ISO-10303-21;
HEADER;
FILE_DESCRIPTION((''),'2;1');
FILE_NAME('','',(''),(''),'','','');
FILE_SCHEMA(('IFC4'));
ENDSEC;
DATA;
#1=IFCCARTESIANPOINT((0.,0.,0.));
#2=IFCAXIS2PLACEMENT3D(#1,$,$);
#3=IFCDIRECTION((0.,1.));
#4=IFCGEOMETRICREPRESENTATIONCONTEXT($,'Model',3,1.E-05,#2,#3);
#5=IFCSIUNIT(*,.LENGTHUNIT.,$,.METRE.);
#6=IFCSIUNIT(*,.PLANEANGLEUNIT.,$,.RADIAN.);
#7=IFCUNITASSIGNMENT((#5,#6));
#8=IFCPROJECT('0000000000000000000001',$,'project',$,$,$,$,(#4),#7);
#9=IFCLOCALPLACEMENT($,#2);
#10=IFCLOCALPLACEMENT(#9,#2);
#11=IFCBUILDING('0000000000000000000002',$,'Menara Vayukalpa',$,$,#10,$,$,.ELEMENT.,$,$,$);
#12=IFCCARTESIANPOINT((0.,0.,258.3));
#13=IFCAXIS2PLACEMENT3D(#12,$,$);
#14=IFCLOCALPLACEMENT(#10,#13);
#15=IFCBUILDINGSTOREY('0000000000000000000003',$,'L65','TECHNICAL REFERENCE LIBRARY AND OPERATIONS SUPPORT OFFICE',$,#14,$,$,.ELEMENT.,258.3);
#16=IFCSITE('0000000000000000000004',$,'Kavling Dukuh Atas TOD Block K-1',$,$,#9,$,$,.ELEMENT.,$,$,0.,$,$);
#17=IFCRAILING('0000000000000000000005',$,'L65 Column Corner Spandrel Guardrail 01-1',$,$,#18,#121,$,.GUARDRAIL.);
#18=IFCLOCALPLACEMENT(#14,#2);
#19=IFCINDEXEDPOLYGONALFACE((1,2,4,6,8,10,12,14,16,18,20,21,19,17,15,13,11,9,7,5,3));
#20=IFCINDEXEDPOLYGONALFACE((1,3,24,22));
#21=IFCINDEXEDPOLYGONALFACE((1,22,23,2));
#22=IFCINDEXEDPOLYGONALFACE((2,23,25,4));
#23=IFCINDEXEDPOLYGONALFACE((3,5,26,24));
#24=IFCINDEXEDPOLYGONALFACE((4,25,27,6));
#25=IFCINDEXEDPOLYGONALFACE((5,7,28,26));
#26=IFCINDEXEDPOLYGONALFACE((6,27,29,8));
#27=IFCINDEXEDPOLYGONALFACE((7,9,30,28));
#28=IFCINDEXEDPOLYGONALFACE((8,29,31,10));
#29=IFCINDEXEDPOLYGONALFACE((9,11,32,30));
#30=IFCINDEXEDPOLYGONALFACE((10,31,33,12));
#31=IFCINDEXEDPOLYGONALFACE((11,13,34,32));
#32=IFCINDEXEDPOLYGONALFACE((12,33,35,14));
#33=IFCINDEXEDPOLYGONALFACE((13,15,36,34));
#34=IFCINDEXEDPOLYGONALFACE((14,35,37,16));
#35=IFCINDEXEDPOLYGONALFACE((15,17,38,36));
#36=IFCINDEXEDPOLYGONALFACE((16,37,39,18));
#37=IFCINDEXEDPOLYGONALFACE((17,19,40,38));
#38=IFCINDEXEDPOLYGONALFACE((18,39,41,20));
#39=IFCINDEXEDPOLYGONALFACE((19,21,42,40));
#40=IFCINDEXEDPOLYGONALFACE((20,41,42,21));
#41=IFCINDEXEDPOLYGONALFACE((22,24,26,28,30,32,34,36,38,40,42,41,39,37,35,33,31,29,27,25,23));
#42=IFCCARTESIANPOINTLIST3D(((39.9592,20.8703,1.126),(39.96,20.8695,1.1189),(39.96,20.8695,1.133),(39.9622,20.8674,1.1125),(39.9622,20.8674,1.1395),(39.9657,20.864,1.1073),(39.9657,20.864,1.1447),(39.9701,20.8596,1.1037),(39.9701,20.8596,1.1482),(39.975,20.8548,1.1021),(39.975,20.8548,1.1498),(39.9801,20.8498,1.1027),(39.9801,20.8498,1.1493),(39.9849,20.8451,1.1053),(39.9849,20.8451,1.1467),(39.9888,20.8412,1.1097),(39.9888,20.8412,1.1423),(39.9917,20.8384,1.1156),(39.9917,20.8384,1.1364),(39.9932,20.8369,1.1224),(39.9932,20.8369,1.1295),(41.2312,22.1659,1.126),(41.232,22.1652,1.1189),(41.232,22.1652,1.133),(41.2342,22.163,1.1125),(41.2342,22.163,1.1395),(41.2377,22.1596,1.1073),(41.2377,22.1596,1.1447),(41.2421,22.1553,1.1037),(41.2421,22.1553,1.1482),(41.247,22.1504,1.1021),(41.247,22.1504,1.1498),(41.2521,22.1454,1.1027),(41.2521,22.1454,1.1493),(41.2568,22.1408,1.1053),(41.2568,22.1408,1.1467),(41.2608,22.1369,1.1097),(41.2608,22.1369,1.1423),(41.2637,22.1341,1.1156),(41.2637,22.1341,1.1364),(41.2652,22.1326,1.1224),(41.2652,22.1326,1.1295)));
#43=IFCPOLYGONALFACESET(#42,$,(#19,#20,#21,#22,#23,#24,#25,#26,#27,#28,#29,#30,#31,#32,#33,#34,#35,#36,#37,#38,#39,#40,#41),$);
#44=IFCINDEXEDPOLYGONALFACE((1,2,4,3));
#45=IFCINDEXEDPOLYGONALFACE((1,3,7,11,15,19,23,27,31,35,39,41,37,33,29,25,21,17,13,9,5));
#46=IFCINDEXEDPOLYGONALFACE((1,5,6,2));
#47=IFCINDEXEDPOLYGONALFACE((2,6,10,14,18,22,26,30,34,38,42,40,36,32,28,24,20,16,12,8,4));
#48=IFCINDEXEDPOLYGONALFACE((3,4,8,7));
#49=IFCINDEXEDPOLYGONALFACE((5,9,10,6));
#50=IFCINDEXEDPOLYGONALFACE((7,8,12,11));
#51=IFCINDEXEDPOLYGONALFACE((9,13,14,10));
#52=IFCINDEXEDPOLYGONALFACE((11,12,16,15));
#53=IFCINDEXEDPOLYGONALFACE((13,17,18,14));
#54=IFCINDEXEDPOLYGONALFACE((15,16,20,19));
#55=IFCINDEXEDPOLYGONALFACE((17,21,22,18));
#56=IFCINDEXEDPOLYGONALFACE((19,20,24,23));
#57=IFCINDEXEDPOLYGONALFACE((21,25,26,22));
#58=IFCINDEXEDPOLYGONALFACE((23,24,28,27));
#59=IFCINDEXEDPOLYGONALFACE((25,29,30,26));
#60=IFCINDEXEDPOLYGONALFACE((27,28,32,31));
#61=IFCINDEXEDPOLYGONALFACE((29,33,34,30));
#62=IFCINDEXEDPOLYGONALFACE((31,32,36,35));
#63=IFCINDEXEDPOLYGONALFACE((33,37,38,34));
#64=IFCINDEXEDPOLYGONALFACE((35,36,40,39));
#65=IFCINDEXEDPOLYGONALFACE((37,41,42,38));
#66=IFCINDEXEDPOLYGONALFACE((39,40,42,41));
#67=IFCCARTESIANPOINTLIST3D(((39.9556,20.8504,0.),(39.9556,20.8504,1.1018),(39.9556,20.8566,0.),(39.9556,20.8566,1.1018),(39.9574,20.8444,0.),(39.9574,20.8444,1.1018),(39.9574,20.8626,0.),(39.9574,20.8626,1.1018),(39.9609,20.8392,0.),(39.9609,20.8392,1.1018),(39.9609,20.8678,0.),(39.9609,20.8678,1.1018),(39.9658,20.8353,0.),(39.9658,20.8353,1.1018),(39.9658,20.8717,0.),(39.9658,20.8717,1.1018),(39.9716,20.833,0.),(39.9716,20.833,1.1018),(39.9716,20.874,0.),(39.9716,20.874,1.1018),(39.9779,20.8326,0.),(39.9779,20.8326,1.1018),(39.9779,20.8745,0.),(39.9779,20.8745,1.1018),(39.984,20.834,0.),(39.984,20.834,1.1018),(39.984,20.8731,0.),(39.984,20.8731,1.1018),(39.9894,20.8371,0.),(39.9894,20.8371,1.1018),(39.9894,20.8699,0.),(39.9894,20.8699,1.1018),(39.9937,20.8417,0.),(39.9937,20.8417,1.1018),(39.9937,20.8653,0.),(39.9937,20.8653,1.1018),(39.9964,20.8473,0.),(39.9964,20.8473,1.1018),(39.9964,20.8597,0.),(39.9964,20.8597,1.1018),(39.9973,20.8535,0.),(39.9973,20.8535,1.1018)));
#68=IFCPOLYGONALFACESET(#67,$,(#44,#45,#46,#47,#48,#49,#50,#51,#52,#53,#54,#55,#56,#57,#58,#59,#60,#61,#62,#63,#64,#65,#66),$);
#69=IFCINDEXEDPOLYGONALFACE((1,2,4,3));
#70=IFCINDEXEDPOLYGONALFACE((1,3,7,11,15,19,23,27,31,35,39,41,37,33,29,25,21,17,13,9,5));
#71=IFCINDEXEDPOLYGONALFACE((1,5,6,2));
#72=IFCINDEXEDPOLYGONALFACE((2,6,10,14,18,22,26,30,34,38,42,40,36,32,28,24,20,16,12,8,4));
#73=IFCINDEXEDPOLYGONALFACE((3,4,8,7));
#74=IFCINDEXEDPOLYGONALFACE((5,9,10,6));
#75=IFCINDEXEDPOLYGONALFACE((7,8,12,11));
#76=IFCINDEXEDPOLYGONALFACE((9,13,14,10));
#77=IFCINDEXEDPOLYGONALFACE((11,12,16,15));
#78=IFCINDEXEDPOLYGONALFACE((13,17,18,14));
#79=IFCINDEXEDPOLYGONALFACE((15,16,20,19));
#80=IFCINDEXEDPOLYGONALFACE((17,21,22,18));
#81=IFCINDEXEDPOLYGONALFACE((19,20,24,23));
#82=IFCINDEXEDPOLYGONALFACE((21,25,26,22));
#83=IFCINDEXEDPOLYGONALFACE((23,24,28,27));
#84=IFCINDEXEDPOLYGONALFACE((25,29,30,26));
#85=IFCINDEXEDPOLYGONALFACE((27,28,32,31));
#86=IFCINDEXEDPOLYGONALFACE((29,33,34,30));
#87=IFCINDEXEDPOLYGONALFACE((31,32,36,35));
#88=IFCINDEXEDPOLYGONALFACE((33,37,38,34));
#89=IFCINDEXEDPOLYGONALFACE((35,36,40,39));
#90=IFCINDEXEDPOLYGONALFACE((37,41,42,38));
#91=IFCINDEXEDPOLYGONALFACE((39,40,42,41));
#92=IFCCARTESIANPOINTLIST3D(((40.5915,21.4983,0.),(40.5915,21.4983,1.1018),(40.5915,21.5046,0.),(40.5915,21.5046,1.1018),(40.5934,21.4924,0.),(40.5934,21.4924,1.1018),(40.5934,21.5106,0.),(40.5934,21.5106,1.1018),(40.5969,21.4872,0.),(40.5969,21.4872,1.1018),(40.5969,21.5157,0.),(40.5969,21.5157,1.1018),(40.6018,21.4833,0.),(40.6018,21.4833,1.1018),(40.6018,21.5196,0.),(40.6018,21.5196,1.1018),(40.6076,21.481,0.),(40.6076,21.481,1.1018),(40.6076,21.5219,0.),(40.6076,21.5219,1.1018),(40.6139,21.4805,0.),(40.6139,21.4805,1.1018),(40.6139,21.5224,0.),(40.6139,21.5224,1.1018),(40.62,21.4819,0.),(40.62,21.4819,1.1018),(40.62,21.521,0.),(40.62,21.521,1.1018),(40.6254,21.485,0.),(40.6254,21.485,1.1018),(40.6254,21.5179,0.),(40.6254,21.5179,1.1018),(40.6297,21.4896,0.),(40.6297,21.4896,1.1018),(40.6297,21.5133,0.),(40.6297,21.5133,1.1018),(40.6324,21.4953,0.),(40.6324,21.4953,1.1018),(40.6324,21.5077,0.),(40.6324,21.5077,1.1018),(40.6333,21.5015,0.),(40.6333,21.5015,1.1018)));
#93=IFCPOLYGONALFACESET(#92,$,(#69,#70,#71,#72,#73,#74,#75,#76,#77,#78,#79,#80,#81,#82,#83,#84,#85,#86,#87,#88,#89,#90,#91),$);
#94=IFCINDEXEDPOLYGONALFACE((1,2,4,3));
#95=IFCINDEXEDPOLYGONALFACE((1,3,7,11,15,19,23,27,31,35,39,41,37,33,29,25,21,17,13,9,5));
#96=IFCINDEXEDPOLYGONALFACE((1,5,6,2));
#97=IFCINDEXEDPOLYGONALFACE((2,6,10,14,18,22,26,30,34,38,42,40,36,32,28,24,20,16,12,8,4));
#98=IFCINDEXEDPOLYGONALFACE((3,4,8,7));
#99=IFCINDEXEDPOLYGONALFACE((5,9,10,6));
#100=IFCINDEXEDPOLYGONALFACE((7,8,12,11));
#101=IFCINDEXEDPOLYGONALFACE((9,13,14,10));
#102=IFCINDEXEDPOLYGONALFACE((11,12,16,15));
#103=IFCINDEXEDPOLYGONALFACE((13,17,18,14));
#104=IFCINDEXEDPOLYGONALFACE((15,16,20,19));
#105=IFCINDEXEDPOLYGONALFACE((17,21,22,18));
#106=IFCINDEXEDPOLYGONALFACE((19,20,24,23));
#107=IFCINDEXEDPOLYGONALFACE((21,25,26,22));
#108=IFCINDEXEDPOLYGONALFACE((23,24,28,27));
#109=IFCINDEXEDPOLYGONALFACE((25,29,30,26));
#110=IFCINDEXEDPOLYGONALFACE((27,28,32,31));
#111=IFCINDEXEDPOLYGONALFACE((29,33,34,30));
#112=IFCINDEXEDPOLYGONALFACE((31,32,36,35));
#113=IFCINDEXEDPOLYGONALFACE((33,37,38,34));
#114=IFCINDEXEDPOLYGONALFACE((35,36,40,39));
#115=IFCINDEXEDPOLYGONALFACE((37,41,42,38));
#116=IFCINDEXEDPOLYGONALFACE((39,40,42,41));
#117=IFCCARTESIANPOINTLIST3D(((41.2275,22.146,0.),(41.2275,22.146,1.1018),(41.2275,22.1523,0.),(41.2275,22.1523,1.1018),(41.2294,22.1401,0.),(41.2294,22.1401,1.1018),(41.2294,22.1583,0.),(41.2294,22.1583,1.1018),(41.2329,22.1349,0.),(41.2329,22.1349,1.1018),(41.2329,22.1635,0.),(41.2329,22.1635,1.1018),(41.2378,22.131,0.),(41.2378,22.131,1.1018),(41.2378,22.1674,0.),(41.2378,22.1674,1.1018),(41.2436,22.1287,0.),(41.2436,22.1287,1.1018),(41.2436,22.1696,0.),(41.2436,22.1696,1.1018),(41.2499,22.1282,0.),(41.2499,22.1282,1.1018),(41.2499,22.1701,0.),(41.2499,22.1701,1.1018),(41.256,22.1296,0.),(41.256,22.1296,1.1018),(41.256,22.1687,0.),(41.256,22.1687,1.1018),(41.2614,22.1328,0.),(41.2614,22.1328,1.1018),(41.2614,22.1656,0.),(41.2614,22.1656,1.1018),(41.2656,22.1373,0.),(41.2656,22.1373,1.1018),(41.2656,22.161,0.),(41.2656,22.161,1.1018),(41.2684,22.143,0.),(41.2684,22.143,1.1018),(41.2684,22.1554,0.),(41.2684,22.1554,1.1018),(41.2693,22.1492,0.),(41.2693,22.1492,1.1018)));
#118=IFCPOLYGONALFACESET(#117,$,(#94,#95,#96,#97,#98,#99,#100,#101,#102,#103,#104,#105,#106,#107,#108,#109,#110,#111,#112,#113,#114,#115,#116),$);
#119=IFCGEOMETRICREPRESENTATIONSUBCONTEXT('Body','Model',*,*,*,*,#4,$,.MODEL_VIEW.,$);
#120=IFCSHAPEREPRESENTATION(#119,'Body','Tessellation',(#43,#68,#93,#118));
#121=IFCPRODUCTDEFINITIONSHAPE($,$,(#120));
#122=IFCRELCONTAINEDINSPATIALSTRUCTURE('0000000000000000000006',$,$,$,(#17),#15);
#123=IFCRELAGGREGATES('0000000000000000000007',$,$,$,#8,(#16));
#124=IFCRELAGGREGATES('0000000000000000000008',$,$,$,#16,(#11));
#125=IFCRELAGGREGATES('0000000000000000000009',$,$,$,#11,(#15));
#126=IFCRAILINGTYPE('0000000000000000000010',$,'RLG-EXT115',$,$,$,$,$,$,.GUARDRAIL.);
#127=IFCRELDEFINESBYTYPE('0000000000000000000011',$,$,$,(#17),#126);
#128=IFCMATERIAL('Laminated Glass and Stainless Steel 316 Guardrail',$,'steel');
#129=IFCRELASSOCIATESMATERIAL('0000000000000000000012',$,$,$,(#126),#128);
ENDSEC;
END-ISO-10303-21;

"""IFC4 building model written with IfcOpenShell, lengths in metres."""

from ifc_helpers import new_model, si_unit, direction, frame, origin, origin_2d, place, context, subcontext, project, spatial, circle, extrude, material, type_object, element, save


model = new_model("IFC4")

# Units and contexts
model_context = context("Model", 3, precision=1e-05, world=origin(), true_north=direction((0.0, 1.0)))
body_context = subcontext(model_context, "Body", "Model", "MODEL_VIEW")
ifc_project = project(units=[si_unit("LENGTHUNIT", "METRE"), si_unit("PLANEANGLEUNIT", "RADIAN")], contexts=[model_context])

# Site, building, storey
site_placement = place(None, origin())
site = spatial("IfcSite", under=ifc_project, at=site_placement, Name="Kavling Dukuh Atas TOD Block K-1", CompositionType="ELEMENT", RefElevation=0.0)
building_placement = place(site_placement, origin())
building = spatial("IfcBuilding", under=site, at=building_placement, Name="Menara Vayukalpa", CompositionType="ELEMENT")
storey_placement = place(building_placement, frame((0.0, 0.0, 258.3)))
storey = spatial("IfcBuildingStorey", under=building, at=storey_placement, Name="L65", Description="TECHNICAL REFERENCE LIBRARY AND OPERATIONS SUPPORT OFFICE", CompositionType="ELEMENT", Elevation=258.3)

# Railing
ifc_material_1 = material(Name="Laminated Glass and Stainless Steel 316 Guardrail", Category="steel")
railing_type_1 = type_object("IfcRailingType", Name="RLG-EXT115", PredefinedType="GUARDRAIL", material=ifc_material_1)
railing_1_placement = place(storey_placement, frame((39.9763, 20.8535, 0.0)))
element("IfcRailing", 1, at=railing_1_placement, inside=storey, type_object=railing_type_1, Name="L65 Column Corner Spandrel Guardrail 01-1", PredefinedType="GUARDRAIL", context=body_context, shape_type="SweptSolid", body=[
    extrude(circle(Radius=0.0239, at=origin_2d()), frame((0.0, 0.0, 1.126), z_axis=(0.700555, 0.713598, 0.0), x_axis=(-0.713598, 0.700555, 0.0)), (0.0, 0.0, 1.0), 1.8157),
    extrude(circle(Radius=0.021, at=origin_2d()), origin(), (0.0, 0.0, 1.0), 1.1018),
    extrude(circle(Radius=0.021, at=origin_2d()), frame((0.636, 0.6479, 0.0)), (0.0, 0.0, 1.0), 1.1018),
    extrude(circle(Radius=0.021, at=origin_2d()), frame((1.272, 1.2957, 0.0)), (0.0, 0.0, 1.0), 1.1018),
])

save(model, "model.ifc")
